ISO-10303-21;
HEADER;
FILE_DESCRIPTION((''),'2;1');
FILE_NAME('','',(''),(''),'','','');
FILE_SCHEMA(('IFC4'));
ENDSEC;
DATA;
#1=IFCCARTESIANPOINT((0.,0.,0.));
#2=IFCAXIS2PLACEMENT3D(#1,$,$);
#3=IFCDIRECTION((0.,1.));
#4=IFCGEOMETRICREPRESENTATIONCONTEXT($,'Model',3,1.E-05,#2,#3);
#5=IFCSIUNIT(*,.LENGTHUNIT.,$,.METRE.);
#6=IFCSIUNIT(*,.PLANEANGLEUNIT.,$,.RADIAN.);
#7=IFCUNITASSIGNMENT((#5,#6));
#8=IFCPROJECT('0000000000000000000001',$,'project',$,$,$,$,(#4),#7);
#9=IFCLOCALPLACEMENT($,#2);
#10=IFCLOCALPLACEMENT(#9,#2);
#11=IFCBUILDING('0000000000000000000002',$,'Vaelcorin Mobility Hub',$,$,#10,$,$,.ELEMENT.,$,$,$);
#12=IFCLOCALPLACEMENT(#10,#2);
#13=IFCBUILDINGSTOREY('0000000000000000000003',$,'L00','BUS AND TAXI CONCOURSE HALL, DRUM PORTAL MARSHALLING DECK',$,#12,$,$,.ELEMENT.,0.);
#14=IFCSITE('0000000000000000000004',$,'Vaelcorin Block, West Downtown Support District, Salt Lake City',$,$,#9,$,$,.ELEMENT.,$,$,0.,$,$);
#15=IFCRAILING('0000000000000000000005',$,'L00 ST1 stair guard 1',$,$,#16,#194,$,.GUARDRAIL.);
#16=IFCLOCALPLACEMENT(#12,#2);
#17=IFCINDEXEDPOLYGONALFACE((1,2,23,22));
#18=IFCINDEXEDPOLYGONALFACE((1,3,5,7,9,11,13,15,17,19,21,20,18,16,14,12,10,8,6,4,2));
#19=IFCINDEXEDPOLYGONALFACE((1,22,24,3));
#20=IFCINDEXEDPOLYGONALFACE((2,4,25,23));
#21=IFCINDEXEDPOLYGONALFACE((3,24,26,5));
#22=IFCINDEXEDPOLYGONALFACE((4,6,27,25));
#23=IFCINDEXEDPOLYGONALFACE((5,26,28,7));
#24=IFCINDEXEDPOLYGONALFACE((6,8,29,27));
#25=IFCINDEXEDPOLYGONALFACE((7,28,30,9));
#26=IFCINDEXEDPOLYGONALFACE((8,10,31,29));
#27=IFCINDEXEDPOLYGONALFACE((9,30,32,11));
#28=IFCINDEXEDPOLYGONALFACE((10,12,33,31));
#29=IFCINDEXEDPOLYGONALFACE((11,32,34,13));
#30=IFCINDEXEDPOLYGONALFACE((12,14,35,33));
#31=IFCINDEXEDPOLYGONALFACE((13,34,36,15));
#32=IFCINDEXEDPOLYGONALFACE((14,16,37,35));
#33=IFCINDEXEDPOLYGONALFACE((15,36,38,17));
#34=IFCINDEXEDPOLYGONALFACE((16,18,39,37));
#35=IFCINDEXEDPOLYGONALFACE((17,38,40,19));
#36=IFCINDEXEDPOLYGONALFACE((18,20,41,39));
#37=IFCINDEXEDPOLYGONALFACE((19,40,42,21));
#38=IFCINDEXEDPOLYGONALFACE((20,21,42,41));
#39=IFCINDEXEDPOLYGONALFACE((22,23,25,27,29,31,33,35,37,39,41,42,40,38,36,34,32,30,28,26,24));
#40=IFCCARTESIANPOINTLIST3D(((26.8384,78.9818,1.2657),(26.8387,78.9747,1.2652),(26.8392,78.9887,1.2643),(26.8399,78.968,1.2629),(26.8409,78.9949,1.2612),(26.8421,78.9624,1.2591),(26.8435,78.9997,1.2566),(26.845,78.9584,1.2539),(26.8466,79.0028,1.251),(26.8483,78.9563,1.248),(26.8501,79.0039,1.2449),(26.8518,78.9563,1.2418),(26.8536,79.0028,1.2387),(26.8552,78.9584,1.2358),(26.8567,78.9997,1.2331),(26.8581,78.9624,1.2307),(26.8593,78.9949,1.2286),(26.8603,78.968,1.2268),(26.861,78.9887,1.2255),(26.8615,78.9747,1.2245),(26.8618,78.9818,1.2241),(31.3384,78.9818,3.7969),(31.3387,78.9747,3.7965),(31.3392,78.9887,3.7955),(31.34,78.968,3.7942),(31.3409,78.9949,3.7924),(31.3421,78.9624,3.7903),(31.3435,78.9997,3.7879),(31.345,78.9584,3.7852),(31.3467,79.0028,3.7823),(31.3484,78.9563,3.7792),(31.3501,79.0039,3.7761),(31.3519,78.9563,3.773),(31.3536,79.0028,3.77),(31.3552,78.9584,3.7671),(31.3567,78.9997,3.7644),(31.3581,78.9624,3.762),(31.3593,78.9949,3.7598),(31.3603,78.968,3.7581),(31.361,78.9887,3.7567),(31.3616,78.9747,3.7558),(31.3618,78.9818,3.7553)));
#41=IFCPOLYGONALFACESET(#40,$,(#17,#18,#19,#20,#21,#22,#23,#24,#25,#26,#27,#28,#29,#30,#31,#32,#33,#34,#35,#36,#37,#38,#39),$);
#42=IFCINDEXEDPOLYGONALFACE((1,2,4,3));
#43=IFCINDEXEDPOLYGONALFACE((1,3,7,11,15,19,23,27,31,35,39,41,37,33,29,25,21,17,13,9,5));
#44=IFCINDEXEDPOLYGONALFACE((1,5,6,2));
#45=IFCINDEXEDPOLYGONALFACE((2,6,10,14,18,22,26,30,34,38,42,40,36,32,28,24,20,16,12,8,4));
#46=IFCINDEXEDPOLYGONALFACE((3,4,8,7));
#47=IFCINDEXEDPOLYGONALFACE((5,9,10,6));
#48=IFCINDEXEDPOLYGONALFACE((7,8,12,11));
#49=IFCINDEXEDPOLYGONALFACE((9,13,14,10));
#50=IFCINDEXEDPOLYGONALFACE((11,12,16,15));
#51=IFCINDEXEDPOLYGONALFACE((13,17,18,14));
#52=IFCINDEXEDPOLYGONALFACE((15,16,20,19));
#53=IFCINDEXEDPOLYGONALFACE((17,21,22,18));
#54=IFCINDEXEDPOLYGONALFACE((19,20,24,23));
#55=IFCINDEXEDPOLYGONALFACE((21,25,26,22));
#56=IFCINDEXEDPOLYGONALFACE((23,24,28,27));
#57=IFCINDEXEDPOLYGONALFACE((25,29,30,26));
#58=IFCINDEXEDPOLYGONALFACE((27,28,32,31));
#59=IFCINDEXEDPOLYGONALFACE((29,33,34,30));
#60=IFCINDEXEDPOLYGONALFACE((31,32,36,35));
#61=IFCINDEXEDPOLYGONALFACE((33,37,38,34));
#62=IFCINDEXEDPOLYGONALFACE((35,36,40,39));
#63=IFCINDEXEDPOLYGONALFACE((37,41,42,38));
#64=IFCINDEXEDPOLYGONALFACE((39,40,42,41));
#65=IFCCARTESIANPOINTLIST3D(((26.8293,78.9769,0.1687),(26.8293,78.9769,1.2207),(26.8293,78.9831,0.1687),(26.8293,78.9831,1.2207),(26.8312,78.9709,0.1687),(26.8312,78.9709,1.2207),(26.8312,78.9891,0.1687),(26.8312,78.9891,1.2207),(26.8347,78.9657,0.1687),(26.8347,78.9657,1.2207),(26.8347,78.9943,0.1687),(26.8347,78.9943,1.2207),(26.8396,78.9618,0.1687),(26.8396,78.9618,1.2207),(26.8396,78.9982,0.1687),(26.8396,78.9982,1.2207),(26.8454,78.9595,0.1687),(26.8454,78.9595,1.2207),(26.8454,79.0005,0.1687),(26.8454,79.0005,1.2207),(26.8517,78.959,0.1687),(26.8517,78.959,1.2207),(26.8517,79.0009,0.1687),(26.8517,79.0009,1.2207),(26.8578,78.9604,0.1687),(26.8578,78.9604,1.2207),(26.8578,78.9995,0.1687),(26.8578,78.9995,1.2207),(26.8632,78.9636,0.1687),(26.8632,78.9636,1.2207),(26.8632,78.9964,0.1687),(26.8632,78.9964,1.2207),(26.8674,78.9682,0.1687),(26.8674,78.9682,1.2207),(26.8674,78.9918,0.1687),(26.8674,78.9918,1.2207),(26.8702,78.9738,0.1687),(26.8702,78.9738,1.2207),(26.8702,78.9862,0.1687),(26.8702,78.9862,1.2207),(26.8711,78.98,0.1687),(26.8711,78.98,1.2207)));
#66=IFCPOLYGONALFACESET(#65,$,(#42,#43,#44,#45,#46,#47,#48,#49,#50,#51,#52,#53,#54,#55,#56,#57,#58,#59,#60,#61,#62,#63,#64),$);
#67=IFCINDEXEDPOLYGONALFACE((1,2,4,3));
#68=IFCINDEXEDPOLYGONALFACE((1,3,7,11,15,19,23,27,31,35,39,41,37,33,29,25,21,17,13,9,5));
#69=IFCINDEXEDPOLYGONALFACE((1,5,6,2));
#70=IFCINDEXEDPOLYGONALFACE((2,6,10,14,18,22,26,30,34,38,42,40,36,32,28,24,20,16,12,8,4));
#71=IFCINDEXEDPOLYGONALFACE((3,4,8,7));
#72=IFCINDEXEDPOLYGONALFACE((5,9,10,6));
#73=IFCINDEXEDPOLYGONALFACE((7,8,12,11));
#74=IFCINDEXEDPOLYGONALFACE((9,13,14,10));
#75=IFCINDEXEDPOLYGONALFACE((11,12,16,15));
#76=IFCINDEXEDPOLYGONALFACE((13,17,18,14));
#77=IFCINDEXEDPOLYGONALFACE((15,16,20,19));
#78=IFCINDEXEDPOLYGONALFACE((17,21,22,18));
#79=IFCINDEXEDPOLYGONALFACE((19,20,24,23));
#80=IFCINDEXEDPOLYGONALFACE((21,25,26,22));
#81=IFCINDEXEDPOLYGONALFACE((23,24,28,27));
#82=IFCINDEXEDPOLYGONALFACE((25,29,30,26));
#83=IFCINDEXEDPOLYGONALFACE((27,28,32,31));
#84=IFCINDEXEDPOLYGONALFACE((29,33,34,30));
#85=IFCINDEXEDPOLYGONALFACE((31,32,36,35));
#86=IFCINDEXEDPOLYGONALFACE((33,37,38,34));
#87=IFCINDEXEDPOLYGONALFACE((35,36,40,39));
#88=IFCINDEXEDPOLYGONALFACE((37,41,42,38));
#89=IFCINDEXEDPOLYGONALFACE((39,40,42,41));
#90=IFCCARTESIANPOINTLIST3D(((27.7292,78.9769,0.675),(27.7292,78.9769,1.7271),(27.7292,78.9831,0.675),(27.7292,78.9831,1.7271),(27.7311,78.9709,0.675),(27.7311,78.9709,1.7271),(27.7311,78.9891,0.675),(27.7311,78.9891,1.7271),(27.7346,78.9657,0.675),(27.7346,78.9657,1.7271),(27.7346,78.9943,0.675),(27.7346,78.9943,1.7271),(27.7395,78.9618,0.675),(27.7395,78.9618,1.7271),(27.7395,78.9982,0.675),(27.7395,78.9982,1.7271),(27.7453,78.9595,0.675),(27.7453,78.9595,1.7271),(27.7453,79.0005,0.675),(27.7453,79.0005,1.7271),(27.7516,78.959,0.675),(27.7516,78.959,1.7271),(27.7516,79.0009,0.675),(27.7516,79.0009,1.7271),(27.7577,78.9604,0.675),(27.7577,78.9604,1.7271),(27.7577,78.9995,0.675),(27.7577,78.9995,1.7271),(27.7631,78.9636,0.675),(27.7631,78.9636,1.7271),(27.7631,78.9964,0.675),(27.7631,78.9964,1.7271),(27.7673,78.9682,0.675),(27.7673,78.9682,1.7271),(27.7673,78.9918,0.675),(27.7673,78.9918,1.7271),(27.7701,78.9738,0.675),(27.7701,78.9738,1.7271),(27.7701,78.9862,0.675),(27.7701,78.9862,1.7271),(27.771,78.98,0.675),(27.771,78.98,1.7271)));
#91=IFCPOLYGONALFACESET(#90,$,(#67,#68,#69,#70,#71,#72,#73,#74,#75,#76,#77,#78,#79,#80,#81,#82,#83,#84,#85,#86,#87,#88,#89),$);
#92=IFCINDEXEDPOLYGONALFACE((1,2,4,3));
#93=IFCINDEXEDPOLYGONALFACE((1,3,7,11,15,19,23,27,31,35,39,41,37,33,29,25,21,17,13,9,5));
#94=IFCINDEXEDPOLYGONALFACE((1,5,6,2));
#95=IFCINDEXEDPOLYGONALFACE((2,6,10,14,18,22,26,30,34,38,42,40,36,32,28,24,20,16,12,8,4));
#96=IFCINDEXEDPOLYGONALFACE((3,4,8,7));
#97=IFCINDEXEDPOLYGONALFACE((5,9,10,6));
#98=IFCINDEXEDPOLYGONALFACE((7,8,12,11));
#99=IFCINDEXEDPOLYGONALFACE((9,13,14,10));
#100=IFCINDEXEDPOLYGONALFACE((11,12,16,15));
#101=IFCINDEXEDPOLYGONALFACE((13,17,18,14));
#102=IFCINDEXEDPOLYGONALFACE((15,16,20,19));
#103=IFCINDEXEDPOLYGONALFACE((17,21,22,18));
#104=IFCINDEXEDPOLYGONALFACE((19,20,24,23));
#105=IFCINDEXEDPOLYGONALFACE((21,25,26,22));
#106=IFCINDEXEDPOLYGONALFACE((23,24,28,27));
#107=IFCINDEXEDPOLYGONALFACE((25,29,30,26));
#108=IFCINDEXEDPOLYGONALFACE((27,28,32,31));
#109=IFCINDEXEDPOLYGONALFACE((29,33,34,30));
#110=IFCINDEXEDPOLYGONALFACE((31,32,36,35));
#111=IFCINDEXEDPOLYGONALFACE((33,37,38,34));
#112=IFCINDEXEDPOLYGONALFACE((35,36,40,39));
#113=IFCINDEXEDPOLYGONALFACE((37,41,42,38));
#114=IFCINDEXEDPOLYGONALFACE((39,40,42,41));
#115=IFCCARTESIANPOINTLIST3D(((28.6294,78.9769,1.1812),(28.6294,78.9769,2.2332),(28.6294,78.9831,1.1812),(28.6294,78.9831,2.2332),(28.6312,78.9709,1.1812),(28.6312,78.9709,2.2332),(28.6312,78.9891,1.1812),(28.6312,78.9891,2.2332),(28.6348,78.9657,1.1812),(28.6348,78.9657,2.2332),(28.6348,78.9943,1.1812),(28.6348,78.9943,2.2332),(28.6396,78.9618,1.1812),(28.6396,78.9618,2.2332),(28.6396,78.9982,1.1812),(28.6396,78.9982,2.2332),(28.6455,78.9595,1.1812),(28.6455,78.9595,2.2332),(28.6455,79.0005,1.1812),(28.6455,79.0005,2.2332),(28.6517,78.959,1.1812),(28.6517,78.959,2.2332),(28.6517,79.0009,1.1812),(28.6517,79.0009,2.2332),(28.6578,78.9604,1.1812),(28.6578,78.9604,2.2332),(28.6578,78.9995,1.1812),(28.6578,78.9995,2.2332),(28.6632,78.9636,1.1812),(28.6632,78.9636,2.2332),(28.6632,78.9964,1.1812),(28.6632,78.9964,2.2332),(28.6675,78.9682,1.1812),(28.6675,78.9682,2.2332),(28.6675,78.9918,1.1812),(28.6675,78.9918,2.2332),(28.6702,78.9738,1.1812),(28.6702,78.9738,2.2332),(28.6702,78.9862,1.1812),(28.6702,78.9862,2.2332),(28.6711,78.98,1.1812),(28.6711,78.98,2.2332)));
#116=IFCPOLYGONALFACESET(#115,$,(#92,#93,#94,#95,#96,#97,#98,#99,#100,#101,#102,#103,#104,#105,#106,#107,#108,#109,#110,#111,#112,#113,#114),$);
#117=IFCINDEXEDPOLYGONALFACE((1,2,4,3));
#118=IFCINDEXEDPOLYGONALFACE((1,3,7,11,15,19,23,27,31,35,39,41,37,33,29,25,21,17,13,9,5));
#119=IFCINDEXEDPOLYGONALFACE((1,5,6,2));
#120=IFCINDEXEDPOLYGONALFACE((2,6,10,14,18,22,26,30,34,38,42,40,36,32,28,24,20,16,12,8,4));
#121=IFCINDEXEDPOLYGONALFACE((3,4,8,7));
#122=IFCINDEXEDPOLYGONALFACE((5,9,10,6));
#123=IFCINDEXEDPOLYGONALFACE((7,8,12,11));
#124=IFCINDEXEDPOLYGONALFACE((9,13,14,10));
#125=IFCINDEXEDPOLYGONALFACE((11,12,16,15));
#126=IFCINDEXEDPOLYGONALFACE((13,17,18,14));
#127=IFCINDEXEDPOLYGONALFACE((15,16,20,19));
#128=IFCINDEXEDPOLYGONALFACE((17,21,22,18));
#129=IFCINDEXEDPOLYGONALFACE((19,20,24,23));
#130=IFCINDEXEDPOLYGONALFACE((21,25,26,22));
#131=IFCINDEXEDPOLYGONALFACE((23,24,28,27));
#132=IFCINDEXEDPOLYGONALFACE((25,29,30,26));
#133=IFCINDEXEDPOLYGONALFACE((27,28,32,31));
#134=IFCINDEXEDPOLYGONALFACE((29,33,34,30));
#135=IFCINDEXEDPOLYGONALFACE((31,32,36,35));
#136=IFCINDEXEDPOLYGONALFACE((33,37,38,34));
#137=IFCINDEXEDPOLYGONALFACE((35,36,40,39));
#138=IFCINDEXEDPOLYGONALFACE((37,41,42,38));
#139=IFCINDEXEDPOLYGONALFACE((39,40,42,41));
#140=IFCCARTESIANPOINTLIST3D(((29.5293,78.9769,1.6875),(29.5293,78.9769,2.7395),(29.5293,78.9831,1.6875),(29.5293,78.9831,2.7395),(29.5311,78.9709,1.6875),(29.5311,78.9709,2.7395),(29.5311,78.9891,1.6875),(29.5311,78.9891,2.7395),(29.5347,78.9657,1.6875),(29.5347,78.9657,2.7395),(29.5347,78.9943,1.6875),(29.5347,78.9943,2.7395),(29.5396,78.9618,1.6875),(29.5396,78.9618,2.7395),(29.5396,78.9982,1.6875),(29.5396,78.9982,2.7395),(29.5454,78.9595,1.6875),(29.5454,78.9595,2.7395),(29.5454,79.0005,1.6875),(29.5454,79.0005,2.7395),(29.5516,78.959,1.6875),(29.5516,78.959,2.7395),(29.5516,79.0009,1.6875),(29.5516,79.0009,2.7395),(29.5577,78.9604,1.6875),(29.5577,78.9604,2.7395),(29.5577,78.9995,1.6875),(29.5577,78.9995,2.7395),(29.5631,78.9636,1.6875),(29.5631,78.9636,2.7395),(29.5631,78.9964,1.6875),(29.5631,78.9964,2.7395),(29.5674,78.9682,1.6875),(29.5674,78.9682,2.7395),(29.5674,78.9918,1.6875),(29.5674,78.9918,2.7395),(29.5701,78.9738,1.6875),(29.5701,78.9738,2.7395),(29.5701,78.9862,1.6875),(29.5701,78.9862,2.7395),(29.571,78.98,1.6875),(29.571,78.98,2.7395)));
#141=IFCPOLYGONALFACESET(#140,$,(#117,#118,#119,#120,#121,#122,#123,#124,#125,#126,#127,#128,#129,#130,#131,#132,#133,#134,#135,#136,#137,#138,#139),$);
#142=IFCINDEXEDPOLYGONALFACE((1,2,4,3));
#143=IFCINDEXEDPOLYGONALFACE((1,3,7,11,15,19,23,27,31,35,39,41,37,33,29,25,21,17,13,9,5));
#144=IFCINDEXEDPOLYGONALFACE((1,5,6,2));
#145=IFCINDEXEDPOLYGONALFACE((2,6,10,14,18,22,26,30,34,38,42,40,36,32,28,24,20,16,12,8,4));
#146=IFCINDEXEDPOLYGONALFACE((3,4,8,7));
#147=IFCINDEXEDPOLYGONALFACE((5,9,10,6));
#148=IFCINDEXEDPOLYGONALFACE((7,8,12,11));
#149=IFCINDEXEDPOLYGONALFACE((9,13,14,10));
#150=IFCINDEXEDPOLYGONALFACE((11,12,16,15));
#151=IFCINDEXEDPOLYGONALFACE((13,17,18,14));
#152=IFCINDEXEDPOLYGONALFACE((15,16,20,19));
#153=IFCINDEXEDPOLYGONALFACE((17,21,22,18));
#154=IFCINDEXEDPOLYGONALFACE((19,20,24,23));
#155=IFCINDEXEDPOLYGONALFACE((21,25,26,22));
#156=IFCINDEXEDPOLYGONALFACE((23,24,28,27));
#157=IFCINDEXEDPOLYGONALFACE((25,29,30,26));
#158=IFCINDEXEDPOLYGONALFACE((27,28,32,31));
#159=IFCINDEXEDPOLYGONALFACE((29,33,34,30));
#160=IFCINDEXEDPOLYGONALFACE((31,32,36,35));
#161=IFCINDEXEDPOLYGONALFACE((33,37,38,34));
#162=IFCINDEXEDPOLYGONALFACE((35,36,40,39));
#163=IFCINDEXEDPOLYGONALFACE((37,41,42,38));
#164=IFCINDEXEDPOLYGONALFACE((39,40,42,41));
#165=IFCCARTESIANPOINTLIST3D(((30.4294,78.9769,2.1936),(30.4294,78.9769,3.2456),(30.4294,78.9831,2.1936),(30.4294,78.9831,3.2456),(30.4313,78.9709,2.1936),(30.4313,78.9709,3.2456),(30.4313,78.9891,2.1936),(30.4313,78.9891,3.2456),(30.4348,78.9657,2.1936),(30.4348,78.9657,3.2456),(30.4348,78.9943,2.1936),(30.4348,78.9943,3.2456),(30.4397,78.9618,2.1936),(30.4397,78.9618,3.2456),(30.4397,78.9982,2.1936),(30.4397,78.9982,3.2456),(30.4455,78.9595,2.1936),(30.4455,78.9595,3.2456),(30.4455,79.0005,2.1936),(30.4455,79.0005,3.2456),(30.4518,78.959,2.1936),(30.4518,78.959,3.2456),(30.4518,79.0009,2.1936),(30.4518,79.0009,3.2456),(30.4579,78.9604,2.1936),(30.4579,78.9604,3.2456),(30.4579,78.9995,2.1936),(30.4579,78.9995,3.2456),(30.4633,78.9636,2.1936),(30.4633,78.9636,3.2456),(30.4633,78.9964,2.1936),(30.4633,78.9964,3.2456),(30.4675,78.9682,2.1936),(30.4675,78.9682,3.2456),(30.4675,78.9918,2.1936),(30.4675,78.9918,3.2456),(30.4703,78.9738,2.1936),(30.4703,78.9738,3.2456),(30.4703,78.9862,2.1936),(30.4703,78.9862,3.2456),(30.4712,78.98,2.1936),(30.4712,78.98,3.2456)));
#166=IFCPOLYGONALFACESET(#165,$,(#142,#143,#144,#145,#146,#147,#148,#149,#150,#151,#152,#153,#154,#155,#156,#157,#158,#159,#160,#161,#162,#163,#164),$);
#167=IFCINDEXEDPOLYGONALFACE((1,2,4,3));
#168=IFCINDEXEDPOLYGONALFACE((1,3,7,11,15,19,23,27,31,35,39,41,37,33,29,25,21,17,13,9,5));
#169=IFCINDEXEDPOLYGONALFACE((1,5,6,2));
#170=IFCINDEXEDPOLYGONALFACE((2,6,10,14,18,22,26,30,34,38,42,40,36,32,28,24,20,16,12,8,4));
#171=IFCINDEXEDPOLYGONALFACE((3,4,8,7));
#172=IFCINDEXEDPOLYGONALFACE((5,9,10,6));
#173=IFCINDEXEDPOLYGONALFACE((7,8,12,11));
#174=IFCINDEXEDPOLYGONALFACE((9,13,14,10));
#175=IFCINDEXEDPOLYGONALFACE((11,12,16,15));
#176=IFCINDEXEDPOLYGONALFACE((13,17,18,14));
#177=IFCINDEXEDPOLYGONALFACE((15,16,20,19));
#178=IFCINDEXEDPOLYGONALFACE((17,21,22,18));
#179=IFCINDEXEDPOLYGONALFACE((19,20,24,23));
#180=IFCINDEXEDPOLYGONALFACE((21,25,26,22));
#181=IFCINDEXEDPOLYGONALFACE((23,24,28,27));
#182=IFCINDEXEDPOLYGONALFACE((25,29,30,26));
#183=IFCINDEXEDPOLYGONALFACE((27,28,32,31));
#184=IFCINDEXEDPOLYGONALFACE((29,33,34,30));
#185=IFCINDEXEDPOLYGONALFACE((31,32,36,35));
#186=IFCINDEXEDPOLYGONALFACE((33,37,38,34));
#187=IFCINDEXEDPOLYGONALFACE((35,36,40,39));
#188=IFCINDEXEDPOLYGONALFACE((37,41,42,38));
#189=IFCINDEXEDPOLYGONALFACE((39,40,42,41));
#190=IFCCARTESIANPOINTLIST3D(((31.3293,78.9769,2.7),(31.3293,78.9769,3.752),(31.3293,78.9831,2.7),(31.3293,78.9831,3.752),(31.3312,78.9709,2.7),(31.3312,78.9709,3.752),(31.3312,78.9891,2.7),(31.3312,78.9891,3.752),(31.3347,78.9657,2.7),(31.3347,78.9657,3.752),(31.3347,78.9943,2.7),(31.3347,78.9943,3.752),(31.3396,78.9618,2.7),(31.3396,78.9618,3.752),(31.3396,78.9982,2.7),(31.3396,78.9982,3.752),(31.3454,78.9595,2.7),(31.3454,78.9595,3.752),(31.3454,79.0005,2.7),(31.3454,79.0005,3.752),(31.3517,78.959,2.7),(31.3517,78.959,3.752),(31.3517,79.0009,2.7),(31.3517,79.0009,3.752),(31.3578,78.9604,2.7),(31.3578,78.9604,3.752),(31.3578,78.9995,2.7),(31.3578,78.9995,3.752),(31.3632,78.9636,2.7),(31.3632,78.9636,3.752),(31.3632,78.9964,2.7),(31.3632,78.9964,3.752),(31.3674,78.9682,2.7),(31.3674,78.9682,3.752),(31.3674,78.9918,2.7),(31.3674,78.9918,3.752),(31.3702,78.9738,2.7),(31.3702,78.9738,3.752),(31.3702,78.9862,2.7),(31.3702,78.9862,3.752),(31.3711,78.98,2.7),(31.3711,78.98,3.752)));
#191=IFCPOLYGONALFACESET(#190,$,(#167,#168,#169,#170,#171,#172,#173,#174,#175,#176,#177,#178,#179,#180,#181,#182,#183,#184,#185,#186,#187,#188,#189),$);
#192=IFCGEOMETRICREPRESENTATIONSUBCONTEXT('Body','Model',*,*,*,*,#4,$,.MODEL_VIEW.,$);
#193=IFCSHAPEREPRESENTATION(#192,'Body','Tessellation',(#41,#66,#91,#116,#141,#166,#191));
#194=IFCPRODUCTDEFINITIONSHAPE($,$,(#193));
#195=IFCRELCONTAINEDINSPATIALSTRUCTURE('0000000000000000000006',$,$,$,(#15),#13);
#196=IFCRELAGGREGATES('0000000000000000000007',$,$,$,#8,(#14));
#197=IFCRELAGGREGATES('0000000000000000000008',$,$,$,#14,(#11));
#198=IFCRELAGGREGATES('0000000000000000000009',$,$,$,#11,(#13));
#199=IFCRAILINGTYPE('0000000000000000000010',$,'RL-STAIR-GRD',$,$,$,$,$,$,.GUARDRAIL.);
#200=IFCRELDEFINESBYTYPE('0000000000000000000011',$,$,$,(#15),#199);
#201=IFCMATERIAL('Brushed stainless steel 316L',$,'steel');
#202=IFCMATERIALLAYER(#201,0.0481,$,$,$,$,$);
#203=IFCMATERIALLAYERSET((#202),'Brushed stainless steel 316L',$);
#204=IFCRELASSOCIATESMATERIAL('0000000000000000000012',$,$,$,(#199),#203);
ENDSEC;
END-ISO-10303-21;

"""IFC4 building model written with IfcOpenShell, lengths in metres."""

from ifc_helpers import new_model, si_unit, direction, frame, origin, origin_2d, place, context, subcontext, project, spatial, circle, extrude, material, layer, layer_set, type_object, element, save


model = new_model("IFC4")

# Units and contexts
model_context = context("Model", 3, precision=1e-05, world=origin(), true_north=direction((0.0, 1.0)))
body_context = subcontext(model_context, "Body", "Model", "MODEL_VIEW")
ifc_project = project(units=[si_unit("LENGTHUNIT", "METRE"), si_unit("PLANEANGLEUNIT", "RADIAN")], contexts=[model_context])

# Site, building, storey
site_placement = place(None, origin())
site = spatial("IfcSite", under=ifc_project, at=site_placement, Name="Vaelcorin Block, West Downtown Support District, Salt Lake City", CompositionType="ELEMENT", RefElevation=0.0)
building_placement = place(site_placement, origin())
building = spatial("IfcBuilding", under=site, at=building_placement, Name="Vaelcorin Mobility Hub", CompositionType="ELEMENT")
storey_placement = place(building_placement, origin())
storey = spatial("IfcBuildingStorey", under=building, at=storey_placement, Name="L00", Description="BUS AND TAXI CONCOURSE HALL, DRUM PORTAL MARSHALLING DECK", CompositionType="ELEMENT", Elevation=0.0)

# Railing
ifc_material_1 = material(Name="Brushed stainless steel 316L", Category="steel")
ifc_layer_1 = layer(ifc_material_1, 0.0481)
ifc_layer_set_1 = layer_set([ifc_layer_1], Name="Brushed stainless steel 316L")
railing_type_1 = type_object("IfcRailingType", Name="RL-STAIR-GRD", PredefinedType="GUARDRAIL", material=ifc_layer_set_1)
railing_1_placement = place(storey_placement, frame((26.8501, 78.98, 0.1687)))
element("IfcRailing", 1, at=railing_1_placement, inside=storey, type_object=railing_type_1, Name="L00 ST1 stair guard 1", PredefinedType="GUARDRAIL", context=body_context, shape_type="SweptSolid", body=[
    extrude(circle(Radius=0.0239, at=origin_2d()), frame((0.0, 0.0, 1.0762), z_axis=(0.871576, 0.0, 0.490261), x_axis=(0.0, 1.0, 0.0)), (0.0, 0.0, 1.0), 5.1631),
    extrude(circle(Radius=0.021, at=origin_2d()), origin(), (0.0, 0.0, 1.0), 1.052),
    extrude(circle(Radius=0.021, at=origin_2d()), frame((0.8999, 0.0, 0.5063)), (0.0, 0.0, 1.0), 1.052),
    extrude(circle(Radius=0.021, at=origin_2d()), frame((1.8, 0.0, 1.0125)), (0.0, 0.0, 1.0), 1.052),
    extrude(circle(Radius=0.021, at=origin_2d()), frame((2.7, 0.0, 1.5188)), (0.0, 0.0, 1.0), 1.052),
    extrude(circle(Radius=0.021, at=origin_2d()), frame((3.6001, 0.0, 2.0249)), (0.0, 0.0, 1.0), 1.052),
    extrude(circle(Radius=0.021, at=origin_2d()), frame((4.5, 0.0, 2.5312)), (0.0, 0.0, 1.0), 1.052),
])

save(model, "model.ifc")
